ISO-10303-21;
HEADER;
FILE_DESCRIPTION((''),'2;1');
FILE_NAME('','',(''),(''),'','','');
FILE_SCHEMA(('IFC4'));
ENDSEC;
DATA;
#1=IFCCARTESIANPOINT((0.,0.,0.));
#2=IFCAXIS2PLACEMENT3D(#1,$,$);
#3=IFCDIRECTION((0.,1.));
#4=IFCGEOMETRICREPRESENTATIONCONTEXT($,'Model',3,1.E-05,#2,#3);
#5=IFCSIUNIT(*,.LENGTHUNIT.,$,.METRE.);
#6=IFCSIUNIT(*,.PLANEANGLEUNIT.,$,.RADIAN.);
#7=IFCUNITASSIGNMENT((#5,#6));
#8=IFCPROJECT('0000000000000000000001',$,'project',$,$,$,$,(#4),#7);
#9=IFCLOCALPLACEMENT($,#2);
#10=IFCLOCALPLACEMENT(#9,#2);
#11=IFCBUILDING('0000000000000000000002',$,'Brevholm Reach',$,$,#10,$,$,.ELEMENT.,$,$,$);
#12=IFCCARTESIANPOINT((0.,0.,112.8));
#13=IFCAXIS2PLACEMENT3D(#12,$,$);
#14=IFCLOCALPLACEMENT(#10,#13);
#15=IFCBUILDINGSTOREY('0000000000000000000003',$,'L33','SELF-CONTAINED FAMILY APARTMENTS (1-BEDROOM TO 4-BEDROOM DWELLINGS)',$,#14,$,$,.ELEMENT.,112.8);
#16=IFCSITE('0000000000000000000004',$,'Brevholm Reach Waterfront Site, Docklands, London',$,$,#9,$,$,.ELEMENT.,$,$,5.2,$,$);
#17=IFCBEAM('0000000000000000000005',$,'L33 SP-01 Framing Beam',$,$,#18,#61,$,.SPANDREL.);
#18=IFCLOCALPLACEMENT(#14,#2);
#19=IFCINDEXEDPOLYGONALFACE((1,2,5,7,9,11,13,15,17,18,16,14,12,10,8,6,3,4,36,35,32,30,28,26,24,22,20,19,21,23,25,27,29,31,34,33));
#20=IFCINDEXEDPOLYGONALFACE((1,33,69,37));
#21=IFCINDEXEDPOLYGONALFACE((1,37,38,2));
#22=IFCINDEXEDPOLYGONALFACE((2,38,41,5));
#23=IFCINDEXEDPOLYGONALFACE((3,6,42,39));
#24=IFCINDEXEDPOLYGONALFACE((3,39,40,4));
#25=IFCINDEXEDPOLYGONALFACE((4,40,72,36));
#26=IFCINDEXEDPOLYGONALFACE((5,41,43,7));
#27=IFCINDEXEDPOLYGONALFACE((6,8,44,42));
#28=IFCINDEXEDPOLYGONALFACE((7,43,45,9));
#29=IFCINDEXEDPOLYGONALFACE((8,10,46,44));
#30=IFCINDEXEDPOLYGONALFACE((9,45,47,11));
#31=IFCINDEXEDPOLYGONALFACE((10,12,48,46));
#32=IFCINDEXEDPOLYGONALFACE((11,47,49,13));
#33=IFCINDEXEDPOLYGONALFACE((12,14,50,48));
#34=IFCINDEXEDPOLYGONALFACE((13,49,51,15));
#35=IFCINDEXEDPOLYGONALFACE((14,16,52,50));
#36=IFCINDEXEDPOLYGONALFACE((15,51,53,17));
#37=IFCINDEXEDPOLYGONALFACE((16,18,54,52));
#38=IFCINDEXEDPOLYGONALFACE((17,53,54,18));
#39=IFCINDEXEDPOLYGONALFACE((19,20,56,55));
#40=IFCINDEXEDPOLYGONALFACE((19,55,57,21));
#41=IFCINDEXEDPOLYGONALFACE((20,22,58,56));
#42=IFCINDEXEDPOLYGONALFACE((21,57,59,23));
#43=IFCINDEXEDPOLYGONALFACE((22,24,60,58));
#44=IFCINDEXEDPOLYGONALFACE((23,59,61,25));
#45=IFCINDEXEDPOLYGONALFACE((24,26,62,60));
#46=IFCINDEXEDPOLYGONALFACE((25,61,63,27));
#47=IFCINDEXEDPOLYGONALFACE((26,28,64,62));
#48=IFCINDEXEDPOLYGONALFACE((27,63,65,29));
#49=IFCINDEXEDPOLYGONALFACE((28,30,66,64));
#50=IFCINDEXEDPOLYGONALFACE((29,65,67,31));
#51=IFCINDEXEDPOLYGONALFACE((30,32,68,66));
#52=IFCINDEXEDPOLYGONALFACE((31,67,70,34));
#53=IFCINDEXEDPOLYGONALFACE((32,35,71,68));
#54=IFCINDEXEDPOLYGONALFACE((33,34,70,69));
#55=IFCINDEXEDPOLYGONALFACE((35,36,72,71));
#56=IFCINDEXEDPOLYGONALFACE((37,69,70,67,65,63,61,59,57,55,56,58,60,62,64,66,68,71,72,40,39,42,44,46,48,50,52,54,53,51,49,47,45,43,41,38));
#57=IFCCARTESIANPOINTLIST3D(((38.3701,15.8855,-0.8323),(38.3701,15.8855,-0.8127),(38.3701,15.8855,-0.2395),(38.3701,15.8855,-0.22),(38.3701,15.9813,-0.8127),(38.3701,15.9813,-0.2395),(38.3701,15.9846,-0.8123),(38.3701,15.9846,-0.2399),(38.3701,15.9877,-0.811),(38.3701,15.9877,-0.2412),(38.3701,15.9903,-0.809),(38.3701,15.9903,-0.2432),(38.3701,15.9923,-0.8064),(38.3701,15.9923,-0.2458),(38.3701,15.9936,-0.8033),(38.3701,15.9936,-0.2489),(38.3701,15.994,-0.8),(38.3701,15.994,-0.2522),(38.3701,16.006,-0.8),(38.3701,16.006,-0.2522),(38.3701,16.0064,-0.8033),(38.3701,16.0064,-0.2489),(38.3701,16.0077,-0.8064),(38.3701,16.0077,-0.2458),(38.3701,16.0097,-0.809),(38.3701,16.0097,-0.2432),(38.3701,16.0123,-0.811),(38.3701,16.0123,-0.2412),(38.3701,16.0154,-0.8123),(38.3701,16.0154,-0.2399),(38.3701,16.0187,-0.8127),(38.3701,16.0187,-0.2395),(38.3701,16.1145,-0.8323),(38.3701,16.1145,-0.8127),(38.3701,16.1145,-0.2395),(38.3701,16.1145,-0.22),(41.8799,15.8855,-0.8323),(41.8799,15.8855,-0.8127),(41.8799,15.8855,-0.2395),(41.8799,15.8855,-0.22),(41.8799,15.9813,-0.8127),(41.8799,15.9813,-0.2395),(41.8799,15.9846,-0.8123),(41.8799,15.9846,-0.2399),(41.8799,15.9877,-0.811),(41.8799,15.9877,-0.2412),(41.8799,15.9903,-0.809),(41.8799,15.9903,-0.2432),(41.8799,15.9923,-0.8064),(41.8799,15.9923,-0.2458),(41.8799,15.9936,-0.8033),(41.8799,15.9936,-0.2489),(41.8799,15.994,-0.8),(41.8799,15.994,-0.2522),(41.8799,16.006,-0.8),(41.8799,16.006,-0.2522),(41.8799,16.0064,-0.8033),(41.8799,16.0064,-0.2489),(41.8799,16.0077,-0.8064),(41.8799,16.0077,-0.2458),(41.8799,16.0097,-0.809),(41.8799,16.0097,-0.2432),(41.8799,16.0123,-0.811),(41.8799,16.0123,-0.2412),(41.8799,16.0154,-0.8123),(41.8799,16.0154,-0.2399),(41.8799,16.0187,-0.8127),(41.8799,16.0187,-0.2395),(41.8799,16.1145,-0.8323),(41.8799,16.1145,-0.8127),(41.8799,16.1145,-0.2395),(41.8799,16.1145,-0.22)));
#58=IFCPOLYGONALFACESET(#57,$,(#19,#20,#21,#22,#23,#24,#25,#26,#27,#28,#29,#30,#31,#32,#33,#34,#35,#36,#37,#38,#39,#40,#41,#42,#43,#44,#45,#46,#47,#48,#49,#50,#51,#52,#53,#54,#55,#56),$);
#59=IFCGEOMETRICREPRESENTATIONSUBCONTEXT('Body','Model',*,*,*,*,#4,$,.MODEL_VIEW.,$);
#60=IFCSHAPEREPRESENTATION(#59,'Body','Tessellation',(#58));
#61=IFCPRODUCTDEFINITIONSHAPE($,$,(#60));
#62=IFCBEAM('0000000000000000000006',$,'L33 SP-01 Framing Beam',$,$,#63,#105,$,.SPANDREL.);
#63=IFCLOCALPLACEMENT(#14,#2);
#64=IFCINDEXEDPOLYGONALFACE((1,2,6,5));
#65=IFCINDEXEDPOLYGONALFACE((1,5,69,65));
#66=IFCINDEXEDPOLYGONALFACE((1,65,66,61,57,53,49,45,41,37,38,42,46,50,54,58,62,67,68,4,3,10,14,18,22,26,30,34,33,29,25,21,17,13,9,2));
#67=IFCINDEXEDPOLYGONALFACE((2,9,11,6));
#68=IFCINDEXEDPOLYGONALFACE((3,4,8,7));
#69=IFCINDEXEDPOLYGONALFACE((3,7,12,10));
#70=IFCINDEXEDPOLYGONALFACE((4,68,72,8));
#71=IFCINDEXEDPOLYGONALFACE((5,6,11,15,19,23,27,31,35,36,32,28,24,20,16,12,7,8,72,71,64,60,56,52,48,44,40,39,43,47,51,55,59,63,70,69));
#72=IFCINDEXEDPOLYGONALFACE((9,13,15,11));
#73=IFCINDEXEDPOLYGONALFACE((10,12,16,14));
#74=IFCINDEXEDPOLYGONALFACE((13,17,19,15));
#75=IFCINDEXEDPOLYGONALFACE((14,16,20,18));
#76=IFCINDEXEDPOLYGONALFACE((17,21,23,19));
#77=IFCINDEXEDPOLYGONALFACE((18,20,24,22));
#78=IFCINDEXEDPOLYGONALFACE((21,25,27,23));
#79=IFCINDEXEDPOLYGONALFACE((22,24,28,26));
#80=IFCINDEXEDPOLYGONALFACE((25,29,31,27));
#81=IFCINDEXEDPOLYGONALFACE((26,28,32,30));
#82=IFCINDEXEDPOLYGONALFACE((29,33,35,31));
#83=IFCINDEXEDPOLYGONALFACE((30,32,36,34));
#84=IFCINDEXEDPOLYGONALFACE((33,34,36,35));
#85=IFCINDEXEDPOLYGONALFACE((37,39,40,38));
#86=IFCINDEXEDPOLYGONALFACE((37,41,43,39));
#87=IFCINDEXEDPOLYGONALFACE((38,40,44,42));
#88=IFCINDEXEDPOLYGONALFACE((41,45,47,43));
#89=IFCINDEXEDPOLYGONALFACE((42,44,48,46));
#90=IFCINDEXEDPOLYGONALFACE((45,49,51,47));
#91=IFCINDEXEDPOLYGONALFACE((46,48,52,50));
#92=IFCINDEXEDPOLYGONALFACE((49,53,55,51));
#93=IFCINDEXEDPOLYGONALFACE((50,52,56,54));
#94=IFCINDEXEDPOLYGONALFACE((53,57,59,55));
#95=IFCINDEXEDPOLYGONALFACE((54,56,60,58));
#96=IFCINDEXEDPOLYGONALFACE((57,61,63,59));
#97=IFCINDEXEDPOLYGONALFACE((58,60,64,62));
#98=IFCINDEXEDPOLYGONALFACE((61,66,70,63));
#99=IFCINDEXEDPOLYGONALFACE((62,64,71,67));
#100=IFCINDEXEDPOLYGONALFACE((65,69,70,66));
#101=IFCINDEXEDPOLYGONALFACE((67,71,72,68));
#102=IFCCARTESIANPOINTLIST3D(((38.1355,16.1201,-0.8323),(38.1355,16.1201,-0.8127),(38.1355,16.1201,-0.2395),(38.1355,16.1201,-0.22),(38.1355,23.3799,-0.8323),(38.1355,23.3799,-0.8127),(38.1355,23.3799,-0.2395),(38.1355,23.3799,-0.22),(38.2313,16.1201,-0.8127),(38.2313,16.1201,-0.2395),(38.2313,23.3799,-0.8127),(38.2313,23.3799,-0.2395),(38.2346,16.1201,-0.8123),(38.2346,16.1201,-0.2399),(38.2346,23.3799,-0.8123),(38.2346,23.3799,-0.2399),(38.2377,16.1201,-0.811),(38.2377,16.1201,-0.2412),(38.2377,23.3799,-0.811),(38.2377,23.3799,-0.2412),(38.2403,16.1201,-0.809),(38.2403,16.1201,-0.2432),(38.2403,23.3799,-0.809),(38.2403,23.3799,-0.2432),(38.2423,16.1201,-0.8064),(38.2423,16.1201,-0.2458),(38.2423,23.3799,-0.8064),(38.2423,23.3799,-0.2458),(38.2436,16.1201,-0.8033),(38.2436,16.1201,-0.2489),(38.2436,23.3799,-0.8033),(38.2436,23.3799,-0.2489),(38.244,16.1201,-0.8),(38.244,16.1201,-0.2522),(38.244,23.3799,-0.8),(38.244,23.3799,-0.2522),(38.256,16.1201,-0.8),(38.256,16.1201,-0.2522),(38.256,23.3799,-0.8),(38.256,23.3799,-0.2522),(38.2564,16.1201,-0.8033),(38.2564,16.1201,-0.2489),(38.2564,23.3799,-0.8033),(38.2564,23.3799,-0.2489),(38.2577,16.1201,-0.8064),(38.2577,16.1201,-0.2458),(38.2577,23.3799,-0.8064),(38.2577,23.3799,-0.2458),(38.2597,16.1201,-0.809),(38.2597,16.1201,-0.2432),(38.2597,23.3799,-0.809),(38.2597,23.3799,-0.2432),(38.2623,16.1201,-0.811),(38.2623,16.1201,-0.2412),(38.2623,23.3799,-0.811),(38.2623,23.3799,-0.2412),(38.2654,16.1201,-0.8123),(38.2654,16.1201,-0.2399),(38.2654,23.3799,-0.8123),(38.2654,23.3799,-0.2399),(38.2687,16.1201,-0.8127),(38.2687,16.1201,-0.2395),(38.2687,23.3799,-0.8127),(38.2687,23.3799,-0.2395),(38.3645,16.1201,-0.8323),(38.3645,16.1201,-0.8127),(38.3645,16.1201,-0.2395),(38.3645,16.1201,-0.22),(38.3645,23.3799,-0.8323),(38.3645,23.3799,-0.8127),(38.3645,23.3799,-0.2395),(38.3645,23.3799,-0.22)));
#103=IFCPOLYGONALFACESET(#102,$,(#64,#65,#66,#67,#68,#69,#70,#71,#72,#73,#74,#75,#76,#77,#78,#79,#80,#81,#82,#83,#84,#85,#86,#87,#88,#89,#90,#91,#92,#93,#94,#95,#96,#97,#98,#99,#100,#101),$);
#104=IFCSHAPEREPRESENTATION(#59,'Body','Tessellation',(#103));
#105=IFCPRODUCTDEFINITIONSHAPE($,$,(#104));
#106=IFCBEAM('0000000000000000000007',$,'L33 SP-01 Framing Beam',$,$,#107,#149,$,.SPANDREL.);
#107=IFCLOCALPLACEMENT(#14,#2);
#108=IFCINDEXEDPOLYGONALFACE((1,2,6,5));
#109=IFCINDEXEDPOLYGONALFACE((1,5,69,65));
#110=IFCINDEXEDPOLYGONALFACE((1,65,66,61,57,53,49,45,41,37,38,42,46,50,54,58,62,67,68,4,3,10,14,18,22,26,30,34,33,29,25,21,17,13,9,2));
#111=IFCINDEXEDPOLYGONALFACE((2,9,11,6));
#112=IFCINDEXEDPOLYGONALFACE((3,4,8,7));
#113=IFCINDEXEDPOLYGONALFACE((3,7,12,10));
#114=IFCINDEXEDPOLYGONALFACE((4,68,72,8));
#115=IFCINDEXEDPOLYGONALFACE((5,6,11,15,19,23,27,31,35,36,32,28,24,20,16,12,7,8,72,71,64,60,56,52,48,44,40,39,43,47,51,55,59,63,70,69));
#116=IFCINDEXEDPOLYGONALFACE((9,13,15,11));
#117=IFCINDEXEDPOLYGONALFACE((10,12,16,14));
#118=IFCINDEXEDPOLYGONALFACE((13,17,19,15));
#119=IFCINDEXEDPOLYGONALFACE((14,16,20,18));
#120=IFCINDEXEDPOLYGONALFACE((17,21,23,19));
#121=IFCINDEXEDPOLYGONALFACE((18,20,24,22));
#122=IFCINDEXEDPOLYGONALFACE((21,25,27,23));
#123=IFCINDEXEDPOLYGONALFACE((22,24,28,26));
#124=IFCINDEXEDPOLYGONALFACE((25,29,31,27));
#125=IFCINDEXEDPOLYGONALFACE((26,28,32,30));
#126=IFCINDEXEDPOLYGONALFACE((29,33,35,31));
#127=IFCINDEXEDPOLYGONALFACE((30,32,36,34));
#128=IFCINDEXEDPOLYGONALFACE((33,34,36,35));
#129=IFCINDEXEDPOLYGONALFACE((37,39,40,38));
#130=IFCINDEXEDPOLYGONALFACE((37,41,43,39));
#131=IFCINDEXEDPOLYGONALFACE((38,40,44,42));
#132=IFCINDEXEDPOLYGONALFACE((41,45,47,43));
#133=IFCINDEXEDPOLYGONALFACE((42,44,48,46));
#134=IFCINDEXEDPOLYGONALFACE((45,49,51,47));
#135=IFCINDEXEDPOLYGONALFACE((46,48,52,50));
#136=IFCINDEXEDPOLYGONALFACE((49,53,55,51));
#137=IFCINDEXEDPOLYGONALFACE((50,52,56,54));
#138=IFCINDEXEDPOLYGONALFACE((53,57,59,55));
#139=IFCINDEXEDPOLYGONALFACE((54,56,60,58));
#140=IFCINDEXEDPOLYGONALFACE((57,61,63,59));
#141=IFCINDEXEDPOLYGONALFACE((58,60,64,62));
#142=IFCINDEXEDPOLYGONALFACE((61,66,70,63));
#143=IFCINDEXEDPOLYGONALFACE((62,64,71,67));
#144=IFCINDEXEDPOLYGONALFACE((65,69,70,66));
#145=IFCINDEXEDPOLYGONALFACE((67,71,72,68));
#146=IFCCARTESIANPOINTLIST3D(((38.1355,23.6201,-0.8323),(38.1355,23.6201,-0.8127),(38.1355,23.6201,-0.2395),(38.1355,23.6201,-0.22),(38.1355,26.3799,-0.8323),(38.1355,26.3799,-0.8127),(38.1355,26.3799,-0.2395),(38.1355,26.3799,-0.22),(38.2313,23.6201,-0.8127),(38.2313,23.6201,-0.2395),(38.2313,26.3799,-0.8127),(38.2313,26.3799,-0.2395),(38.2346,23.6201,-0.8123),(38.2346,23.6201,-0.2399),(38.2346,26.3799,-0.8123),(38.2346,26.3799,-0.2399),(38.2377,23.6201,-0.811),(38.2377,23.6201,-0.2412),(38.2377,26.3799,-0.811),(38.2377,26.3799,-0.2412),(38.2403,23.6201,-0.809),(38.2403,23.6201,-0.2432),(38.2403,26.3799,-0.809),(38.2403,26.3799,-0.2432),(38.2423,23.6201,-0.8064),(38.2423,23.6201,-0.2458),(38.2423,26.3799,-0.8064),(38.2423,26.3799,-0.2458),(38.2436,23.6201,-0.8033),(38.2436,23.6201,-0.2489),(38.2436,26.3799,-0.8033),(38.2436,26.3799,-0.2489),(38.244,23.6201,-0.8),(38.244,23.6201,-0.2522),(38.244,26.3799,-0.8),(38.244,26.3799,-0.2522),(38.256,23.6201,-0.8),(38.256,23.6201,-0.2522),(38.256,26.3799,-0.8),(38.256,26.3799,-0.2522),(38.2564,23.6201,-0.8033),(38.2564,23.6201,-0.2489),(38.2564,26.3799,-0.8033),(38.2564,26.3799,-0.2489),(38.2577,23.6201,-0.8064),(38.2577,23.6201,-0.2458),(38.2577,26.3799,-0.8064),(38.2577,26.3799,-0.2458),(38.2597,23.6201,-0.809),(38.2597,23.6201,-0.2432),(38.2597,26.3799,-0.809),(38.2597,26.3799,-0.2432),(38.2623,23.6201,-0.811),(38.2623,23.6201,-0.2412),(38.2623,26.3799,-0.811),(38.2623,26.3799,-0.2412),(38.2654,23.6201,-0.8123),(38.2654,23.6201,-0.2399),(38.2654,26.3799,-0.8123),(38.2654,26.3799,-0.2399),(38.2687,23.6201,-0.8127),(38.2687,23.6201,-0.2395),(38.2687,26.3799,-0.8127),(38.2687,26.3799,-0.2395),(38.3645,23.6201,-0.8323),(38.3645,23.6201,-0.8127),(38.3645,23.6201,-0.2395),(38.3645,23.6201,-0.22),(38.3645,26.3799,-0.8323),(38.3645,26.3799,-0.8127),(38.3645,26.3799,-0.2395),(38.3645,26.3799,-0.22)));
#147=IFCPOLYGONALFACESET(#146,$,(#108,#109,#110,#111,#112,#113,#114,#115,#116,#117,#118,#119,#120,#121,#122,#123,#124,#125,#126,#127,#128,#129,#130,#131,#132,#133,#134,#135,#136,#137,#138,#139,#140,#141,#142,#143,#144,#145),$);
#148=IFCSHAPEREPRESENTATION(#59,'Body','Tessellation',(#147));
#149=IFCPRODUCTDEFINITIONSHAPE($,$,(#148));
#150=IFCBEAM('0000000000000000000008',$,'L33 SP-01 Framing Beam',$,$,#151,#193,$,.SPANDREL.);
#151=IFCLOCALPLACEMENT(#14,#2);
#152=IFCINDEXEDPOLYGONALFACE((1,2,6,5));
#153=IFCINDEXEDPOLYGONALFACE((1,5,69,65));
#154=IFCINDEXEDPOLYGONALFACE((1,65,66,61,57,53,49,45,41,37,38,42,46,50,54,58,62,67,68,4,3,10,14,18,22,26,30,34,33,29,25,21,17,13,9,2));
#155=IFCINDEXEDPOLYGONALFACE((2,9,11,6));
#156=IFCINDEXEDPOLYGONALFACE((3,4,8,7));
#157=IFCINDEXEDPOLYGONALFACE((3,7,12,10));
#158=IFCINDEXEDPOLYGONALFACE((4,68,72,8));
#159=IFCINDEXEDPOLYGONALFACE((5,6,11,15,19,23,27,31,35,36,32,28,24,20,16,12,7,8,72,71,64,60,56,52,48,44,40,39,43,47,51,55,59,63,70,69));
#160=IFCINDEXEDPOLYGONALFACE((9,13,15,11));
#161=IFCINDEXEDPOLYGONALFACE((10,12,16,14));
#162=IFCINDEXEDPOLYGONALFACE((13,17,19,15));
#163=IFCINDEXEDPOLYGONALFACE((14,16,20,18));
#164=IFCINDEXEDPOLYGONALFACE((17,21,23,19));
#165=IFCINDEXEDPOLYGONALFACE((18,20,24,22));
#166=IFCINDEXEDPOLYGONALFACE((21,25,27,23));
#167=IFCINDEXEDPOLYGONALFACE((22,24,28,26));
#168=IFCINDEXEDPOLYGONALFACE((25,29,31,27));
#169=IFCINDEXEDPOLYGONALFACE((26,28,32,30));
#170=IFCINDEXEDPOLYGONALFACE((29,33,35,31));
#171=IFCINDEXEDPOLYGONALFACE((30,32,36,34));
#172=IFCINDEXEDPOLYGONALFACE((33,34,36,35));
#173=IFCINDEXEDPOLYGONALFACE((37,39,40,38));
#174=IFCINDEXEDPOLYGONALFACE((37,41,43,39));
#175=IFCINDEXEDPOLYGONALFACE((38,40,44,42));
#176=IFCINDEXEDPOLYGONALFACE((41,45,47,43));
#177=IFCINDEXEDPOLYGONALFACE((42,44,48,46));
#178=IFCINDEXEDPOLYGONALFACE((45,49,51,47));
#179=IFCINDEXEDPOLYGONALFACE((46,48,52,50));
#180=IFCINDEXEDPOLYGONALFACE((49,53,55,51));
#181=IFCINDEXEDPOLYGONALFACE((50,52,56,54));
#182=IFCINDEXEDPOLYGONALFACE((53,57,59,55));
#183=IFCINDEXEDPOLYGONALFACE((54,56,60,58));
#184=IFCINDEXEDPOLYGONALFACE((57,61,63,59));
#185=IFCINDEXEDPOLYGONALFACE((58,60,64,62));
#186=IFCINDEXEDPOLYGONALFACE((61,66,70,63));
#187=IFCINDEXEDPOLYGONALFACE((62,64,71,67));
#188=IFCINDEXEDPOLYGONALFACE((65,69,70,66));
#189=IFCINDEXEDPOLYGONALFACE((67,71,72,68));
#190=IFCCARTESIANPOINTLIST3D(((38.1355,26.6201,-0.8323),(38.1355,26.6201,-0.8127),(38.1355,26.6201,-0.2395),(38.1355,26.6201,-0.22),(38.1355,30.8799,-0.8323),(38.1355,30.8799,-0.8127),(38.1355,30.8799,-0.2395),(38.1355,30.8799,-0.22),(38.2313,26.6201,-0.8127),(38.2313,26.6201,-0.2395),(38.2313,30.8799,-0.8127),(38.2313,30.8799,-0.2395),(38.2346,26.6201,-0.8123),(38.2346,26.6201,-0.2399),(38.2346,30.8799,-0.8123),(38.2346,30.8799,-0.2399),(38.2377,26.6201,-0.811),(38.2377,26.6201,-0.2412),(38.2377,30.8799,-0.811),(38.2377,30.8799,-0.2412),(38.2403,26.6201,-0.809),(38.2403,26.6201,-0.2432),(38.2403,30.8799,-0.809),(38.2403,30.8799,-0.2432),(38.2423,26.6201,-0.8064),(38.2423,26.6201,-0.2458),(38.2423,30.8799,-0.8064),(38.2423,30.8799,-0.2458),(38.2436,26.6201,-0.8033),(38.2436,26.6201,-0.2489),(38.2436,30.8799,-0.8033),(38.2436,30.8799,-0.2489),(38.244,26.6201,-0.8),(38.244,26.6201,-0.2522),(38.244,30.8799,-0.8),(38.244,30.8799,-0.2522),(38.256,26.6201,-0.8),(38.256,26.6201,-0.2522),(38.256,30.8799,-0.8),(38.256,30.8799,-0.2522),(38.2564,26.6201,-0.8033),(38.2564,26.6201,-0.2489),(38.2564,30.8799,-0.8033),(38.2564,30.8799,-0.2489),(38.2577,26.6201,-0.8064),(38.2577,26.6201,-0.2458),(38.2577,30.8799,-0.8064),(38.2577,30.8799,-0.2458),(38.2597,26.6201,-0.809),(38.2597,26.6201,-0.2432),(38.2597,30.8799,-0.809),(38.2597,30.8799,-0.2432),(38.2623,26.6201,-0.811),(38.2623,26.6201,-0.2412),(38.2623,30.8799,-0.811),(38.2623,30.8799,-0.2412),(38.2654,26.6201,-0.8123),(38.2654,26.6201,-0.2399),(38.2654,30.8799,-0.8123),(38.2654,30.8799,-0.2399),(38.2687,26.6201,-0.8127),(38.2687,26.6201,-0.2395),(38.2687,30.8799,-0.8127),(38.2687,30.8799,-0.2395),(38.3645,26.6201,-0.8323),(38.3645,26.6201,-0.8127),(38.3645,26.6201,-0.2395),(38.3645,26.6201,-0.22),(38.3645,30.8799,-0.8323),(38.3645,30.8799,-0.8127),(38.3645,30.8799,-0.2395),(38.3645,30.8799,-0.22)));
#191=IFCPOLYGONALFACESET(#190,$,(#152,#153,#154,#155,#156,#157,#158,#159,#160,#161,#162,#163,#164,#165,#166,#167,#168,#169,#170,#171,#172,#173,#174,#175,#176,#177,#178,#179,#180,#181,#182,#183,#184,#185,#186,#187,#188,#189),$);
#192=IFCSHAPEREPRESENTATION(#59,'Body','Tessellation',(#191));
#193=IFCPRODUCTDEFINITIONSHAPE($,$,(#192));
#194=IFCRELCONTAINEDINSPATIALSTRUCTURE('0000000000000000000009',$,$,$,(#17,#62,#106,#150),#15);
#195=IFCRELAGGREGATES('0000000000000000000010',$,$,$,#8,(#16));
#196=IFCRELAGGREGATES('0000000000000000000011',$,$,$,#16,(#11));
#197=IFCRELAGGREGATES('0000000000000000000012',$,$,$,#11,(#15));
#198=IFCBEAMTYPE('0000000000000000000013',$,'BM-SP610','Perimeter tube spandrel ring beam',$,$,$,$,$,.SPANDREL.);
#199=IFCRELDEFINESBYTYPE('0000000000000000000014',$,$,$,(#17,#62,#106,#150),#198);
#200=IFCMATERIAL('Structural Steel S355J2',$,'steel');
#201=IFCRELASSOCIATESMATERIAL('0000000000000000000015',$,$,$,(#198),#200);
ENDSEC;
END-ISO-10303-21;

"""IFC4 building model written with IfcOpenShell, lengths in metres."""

from ifc_helpers import new_model, si_unit, direction, frame, origin, origin_2d, place, context, subcontext, project, spatial, i_section, extrude, material, material_profile, profile_set, type_object, element, save


model = new_model("IFC4")

# Units and contexts
model_context = context("Model", 3, precision=1e-05, world=origin(), true_north=direction((0.0, 1.0)))
body_context = subcontext(model_context, "Body", "Model", "MODEL_VIEW")
ifc_project = project(units=[si_unit("LENGTHUNIT", "METRE"), si_unit("PLANEANGLEUNIT", "RADIAN")], contexts=[model_context])

# Site, building, storey
site_placement = place(None, origin())
site = spatial("IfcSite", under=ifc_project, at=site_placement, Name="Brevholm Reach Waterfront Site, Docklands, London", CompositionType="ELEMENT", RefElevation=5.2)
building_placement = place(site_placement, origin())
building = spatial("IfcBuilding", under=site, at=building_placement, Name="Brevholm Reach", CompositionType="ELEMENT")
storey_placement = place(building_placement, frame((0.0, 0.0, 112.8)))
storey = spatial("IfcBuildingStorey", under=building, at=storey_placement, Name="L33", Description="SELF-CONTAINED FAMILY APARTMENTS (1-BEDROOM TO 4-BEDROOM DWELLINGS)", CompositionType="ELEMENT", Elevation=112.8)

# Beams
ifc_material_1 = material(Name="Structural Steel S355J2", Category="steel")
ifc_material_profile_1 = material_profile(ifc_material_1, i_section(OverallWidth=0.229, OverallDepth=0.6123, WebThickness=0.012, FlangeThickness=0.0195, FilletRadius=0.0127, at=origin_2d()), Name="UKB 610x229x125")
ifc_profile_set_1 = profile_set([ifc_material_profile_1], Name="Structural Steel S355J2")
beam_type_1 = type_object("IfcBeamType", Name="BM-SP610", Description="Perimeter tube spandrel ring beam", PredefinedType="SPANDREL", material=ifc_profile_set_1)
beam_1_placement = place(storey_placement, frame((38.3701, 16.0, -0.5261), z_axis=(1.0, 0.0, 0.0), x_axis=(0.0, 1.0, 0.0)))
element("IfcBeam", 1, at=beam_1_placement, inside=storey, type_object=beam_type_1, Name="L33 SP-01 Framing Beam", PredefinedType="SPANDREL", context=body_context, shape_type="SweptSolid", body=[
    extrude(i_section(OverallWidth=0.229, OverallDepth=0.6123, WebThickness=0.012, FlangeThickness=0.0195, FilletRadius=0.0127, at=origin_2d()), origin(), (0.0, 0.0, 1.0), 3.5098),
])
beam_2_placement = place(storey_placement, frame((38.25, 16.1201, -0.5261), z_axis=(0.0, 1.0, 0.0), x_axis=(-1.0, 0.0, 0.0)))
element("IfcBeam", 2, at=beam_2_placement, inside=storey, type_object=beam_type_1, Name="L33 SP-01 Framing Beam", PredefinedType="SPANDREL", context=body_context, shape_type="SweptSolid", body=[
    extrude(i_section(OverallWidth=0.229, OverallDepth=0.6123, WebThickness=0.012, FlangeThickness=0.0195, FilletRadius=0.0127, at=origin_2d()), origin(), (0.0, 0.0, 1.0), 7.2598),
])
beam_3_placement = place(storey_placement, frame((38.25, 23.6201, -0.5261), z_axis=(0.0, 1.0, 0.0), x_axis=(-1.0, 0.0, 0.0)))
element("IfcBeam", 3, at=beam_3_placement, inside=storey, type_object=beam_type_1, Name="L33 SP-01 Framing Beam", PredefinedType="SPANDREL", context=body_context, shape_type="SweptSolid", body=[
    extrude(i_section(OverallWidth=0.229, OverallDepth=0.6123, WebThickness=0.012, FlangeThickness=0.0195, FilletRadius=0.0127, at=origin_2d()), origin(), (0.0, 0.0, 1.0), 2.7598),
])
beam_4_placement = place(storey_placement, frame((38.25, 26.6201, -0.5261), z_axis=(0.0, 1.0, 0.0), x_axis=(-1.0, 0.0, 0.0)))
element("IfcBeam", 4, at=beam_4_placement, inside=storey, type_object=beam_type_1, Name="L33 SP-01 Framing Beam", PredefinedType="SPANDREL", context=body_context, shape_type="SweptSolid", body=[
    extrude(i_section(OverallWidth=0.229, OverallDepth=0.6123, WebThickness=0.012, FlangeThickness=0.0195, FilletRadius=0.0127, at=origin_2d()), origin(), (0.0, 0.0, 1.0), 4.2598),
])

save(model, "model.ifc")
